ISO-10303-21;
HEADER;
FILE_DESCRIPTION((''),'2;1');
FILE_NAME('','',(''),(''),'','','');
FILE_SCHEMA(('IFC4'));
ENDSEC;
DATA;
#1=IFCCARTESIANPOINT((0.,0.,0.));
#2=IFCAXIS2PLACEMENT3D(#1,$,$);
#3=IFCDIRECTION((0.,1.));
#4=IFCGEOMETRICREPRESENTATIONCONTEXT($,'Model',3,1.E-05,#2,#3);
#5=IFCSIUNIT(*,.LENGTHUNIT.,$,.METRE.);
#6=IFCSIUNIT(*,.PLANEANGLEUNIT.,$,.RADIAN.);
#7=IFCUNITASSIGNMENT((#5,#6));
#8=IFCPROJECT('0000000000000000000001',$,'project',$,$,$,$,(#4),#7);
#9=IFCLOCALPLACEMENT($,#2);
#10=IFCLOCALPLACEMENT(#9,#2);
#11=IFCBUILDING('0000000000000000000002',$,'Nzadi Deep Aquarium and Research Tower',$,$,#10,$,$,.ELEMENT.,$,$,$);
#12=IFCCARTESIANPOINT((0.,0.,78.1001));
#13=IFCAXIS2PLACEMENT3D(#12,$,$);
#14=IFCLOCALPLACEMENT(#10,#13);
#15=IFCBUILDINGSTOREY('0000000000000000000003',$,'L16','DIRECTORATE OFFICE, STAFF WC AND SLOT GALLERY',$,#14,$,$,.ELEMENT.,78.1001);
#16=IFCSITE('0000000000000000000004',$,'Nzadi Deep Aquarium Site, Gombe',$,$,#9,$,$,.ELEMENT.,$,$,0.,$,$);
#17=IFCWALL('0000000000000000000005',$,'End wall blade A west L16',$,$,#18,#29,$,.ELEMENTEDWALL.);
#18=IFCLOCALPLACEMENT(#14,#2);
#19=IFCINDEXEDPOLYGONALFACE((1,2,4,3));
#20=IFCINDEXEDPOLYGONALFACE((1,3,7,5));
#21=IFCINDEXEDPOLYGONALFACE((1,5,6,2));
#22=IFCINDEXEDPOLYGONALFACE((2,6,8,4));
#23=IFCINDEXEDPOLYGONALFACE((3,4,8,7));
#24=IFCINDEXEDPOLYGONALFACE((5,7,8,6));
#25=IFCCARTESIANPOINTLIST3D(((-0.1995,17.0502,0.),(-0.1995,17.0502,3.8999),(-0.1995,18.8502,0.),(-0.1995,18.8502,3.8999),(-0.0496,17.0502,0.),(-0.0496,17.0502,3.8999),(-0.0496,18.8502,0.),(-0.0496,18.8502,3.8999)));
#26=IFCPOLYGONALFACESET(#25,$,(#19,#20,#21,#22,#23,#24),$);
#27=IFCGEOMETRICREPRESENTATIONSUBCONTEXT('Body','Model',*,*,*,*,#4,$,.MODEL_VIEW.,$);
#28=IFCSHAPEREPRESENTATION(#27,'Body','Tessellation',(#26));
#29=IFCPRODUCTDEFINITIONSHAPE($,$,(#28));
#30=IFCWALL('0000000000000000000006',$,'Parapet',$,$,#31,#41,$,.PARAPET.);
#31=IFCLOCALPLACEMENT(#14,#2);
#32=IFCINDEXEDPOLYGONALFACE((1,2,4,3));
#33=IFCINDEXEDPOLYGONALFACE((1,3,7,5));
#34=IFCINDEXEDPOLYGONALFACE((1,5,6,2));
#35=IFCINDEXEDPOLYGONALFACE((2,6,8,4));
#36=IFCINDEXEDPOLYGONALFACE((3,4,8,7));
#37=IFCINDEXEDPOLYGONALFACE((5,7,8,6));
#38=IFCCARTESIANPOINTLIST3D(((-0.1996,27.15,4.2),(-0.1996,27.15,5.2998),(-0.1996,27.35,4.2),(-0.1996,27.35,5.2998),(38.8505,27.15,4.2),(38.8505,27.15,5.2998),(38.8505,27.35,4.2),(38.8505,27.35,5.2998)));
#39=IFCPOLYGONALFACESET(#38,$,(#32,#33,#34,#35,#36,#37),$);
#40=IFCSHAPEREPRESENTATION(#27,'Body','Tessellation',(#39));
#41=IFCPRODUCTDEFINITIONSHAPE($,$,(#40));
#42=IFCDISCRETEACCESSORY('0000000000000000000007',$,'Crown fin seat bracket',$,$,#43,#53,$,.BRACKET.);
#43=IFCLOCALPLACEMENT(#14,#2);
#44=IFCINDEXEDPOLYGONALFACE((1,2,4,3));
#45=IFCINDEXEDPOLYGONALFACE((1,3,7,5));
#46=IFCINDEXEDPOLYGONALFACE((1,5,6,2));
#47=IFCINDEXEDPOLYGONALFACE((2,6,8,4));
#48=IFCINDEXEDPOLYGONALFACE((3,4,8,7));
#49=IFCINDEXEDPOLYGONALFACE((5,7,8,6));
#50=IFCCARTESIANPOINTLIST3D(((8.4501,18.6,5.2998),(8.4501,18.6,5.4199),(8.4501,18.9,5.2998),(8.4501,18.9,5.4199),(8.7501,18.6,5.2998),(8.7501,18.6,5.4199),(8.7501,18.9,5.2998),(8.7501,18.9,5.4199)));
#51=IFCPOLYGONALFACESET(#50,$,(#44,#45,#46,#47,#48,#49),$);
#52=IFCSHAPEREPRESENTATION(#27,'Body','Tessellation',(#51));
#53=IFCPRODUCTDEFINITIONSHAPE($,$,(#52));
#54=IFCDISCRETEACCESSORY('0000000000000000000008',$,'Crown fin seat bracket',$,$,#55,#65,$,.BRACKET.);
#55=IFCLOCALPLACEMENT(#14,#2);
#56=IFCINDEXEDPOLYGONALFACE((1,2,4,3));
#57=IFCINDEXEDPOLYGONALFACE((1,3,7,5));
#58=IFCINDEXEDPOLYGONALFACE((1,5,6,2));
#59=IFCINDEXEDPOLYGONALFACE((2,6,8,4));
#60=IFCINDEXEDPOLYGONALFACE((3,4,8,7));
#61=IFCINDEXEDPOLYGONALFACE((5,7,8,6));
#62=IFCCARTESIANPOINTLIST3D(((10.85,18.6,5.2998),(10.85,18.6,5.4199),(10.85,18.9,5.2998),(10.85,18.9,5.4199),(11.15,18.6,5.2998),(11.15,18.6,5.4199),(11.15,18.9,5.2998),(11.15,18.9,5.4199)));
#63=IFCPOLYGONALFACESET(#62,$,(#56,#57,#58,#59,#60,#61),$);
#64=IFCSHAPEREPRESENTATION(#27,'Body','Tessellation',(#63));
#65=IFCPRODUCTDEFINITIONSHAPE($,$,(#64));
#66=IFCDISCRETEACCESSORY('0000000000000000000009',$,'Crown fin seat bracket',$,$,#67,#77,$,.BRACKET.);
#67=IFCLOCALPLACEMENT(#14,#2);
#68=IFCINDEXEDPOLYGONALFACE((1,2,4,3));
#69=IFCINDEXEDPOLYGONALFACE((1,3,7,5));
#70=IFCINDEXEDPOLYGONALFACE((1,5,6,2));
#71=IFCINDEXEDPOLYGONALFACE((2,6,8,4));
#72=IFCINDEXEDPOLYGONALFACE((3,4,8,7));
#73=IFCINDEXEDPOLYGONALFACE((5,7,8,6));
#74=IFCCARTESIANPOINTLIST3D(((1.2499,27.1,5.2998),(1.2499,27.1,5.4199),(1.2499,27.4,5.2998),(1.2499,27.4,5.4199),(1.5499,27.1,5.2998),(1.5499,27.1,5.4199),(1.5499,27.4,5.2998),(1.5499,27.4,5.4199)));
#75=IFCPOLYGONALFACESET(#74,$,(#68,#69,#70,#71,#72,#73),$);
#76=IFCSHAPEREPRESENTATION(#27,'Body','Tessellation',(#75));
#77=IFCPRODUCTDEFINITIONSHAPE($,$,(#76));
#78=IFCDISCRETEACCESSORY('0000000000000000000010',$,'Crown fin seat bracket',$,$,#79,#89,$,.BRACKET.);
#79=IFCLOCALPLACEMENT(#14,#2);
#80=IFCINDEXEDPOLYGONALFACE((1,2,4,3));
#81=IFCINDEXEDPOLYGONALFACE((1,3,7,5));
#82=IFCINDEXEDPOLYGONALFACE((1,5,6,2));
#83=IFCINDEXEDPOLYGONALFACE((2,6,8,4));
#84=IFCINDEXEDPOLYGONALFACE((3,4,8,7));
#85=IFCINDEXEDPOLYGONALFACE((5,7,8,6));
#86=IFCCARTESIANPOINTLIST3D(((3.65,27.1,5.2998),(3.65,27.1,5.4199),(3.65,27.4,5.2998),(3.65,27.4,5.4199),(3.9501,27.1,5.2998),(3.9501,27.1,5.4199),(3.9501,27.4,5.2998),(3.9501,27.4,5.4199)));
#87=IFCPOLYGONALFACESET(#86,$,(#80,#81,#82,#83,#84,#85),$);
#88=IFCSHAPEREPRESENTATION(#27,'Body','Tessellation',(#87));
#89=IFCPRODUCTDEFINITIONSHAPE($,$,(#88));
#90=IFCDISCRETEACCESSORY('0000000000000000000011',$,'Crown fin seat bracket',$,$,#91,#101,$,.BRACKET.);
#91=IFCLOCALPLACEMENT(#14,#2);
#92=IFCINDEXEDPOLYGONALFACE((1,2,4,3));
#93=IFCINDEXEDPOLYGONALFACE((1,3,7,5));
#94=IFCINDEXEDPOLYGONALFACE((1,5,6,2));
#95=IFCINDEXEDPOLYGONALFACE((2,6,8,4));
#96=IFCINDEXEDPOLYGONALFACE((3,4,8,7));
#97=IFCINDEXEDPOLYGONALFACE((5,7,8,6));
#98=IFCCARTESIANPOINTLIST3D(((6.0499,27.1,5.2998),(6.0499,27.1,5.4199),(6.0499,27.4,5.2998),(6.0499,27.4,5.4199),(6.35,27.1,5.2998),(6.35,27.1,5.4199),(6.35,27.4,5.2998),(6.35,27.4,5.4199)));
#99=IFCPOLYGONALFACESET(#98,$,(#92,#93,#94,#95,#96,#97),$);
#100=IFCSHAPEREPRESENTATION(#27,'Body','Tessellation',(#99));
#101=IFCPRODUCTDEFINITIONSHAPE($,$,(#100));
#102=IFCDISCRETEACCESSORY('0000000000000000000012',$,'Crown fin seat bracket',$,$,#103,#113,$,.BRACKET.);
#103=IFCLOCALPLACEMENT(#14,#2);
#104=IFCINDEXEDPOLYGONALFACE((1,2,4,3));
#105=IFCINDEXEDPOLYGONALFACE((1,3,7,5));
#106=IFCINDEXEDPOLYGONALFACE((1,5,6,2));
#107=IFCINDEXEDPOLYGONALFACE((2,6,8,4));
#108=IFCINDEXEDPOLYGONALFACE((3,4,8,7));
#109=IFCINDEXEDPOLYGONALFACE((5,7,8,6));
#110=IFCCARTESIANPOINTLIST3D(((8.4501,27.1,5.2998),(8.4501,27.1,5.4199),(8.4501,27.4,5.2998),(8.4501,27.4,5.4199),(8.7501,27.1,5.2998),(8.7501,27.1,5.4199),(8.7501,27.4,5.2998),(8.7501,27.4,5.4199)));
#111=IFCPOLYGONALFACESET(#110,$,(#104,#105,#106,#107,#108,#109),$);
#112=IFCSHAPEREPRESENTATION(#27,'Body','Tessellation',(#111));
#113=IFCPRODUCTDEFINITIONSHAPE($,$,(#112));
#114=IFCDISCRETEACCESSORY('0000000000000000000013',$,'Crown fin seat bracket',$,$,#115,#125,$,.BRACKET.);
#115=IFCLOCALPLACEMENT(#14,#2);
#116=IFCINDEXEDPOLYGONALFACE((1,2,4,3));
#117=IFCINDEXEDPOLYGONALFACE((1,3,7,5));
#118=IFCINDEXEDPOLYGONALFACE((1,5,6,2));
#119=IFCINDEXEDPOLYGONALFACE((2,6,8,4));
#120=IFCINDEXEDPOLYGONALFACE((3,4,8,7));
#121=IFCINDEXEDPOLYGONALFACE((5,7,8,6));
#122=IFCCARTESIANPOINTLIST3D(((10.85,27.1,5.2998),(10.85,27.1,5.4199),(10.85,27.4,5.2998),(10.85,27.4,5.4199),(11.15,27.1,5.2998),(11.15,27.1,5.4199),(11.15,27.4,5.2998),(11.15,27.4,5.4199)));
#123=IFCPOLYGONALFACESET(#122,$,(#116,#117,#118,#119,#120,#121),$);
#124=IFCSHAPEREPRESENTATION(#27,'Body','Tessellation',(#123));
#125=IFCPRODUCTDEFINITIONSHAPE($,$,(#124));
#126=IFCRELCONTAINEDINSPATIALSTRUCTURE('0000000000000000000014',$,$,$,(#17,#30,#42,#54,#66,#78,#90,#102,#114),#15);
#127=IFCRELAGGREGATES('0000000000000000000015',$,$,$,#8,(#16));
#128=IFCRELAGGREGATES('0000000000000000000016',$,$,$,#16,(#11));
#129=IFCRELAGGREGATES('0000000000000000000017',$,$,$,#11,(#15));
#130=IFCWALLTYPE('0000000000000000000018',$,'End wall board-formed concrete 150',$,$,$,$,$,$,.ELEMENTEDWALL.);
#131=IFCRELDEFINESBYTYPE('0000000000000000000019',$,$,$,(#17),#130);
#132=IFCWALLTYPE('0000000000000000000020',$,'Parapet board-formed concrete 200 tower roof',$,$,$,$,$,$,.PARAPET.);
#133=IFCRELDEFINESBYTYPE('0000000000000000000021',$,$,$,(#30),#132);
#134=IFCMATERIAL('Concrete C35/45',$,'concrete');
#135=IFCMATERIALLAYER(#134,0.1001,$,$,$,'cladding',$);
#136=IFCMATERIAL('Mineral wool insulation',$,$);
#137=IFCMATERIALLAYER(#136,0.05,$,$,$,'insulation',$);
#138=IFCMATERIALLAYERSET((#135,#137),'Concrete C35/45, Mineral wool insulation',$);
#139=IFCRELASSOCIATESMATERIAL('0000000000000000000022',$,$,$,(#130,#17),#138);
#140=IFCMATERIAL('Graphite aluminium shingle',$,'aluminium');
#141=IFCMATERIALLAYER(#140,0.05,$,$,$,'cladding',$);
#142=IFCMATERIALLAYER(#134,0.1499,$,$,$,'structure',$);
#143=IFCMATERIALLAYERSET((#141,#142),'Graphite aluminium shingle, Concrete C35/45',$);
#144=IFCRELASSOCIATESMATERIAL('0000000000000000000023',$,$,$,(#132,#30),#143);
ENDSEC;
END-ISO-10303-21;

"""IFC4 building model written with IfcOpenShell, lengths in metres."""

from ifc_helpers import new_model, si_unit, direction, frame, frame_2d, origin, origin_2d, place, context, subcontext, project, spatial, rectangle, extrude, material, layer, layer_set, layer_usage, type_object, element, save


model = new_model("IFC4")

# Units and contexts
model_context = context("Model", 3, precision=1e-05, world=origin(), true_north=direction((0.0, 1.0)))
body_context = subcontext(model_context, "Body", "Model", "MODEL_VIEW")
ifc_project = project(units=[si_unit("LENGTHUNIT", "METRE"), si_unit("PLANEANGLEUNIT", "RADIAN")], contexts=[model_context])

# Site, building, storey
site_placement = place(None, origin())
site = spatial("IfcSite", under=ifc_project, at=site_placement, Name="Nzadi Deep Aquarium Site, Gombe", CompositionType="ELEMENT", RefElevation=0.0)
building_placement = place(site_placement, origin())
building = spatial("IfcBuilding", under=site, at=building_placement, Name="Nzadi Deep Aquarium and Research Tower", CompositionType="ELEMENT")
storey_placement = place(building_placement, frame((0.0, 0.0, 78.1001)))
storey = spatial("IfcBuildingStorey", under=building, at=storey_placement, Name="L16", Description="DIRECTORATE OFFICE, STAFF WC AND SLOT GALLERY", CompositionType="ELEMENT", Elevation=78.1001)

# Walls
ifc_material_1 = material(Name="Concrete C35/45", Category="concrete")
ifc_layer_1 = layer(ifc_material_1, 0.1001, Category="cladding")
ifc_material_2 = material(Name="Mineral wool insulation")
ifc_layer_2 = layer(ifc_material_2, 0.05, Category="insulation")
ifc_layer_set_1 = layer_set([ifc_layer_1, ifc_layer_2], Name="Concrete C35/45, Mineral wool insulation")
ifc_layer_usage_1 = layer_usage(ifc_layer_set_1, "AXIS2", "POSITIVE", -0.075)
wall_type_1 = type_object("IfcWallType", Name="End wall board-formed concrete 150", PredefinedType="ELEMENTEDWALL", material=ifc_layer_set_1)
wall_1_placement = place(storey_placement, frame((-0.1245, 18.8501, 0.0), z_axis=(0.0, 0.0, 1.0), x_axis=(0.0, -1.0, 0.0)))
element("IfcWall", 1, at=wall_1_placement, inside=storey, type_object=wall_type_1, material=ifc_layer_usage_1, Name="End wall blade A west L16", PredefinedType="ELEMENTEDWALL", context=body_context, shape_type="SweptSolid", body=[
    extrude(rectangle(XDim=1.8, YDim=0.1499, at=frame_2d((0.8999, 0.0))), origin(), (0.0, 0.0, 1.0), 3.8999),
])
ifc_material_3 = material(Name="Graphite aluminium shingle", Category="aluminium")
ifc_layer_3 = layer(ifc_material_3, 0.05, Category="cladding")
ifc_layer_4 = layer(ifc_material_1, 0.1499, Category="structure")
ifc_layer_set_2 = layer_set([ifc_layer_3, ifc_layer_4], Name="Graphite aluminium shingle, Concrete C35/45")
ifc_layer_usage_2 = layer_usage(ifc_layer_set_2, "AXIS2", "POSITIVE", -0.1)
wall_type_2 = type_object("IfcWallType", Name="Parapet board-formed concrete 200 tower roof", PredefinedType="PARAPET", material=ifc_layer_set_2)
wall_2_placement = place(storey_placement, frame((-0.1995, 27.25, 4.2), z_axis=(0.0, 0.0, 1.0), x_axis=(1.0, 0.0, 0.0)))
element("IfcWall", 2, at=wall_2_placement, inside=storey, type_object=wall_type_2, material=ifc_layer_usage_2, Name="Parapet", PredefinedType="PARAPET", context=body_context, shape_type="SweptSolid", body=[
    extrude(rectangle(XDim=39.05, YDim=0.2, at=frame_2d((19.5249, 0.0))), origin(), (0.0, 0.0, 1.0), 1.0999),
])

# Discrete accessories
for number, where, z_axis, x_axis, name in (
    (3, (8.6001, 18.75, 5.2998), (0.0, 0.0, 1.0), (1.0, 0.0, 0.0), "Crown fin seat bracket"),
    (4, (11.0, 18.75, 5.2998), (0.0, 0.0, 1.0), (1.0, 0.0, 0.0), "Crown fin seat bracket"),
    (5, (1.3999, 27.25, 5.2998), (0.0, 0.0, 1.0), (1.0, 0.0, 0.0), "Crown fin seat bracket"),
    (6, (3.8, 27.25, 5.2998), (0.0, 0.0, 1.0), (1.0, 0.0, 0.0), "Crown fin seat bracket"),
    (7, (6.2, 27.25, 5.2998), (0.0, 0.0, 1.0), (1.0, 0.0, 0.0), "Crown fin seat bracket"),
    (8, (8.6001, 27.25, 5.2998), (0.0, 0.0, 1.0), (1.0, 0.0, 0.0), "Crown fin seat bracket"),
    (9, (11.0, 27.25, 5.2998), (0.0, 0.0, 1.0), (1.0, 0.0, 0.0), "Crown fin seat bracket"),
):
    element("IfcDiscreteAccessory", number, at=place(storey_placement, frame(where, z_axis=z_axis, x_axis=x_axis)), inside=storey, Name=name, PredefinedType="BRACKET", context=body_context, shape_type="SweptSolid", body=[
        extrude(rectangle(XDim=0.3, YDim=0.3, at=origin_2d()), origin(), (0.0, 0.0, 1.0), 0.1201),
    ])

save(model, "model.ifc")
